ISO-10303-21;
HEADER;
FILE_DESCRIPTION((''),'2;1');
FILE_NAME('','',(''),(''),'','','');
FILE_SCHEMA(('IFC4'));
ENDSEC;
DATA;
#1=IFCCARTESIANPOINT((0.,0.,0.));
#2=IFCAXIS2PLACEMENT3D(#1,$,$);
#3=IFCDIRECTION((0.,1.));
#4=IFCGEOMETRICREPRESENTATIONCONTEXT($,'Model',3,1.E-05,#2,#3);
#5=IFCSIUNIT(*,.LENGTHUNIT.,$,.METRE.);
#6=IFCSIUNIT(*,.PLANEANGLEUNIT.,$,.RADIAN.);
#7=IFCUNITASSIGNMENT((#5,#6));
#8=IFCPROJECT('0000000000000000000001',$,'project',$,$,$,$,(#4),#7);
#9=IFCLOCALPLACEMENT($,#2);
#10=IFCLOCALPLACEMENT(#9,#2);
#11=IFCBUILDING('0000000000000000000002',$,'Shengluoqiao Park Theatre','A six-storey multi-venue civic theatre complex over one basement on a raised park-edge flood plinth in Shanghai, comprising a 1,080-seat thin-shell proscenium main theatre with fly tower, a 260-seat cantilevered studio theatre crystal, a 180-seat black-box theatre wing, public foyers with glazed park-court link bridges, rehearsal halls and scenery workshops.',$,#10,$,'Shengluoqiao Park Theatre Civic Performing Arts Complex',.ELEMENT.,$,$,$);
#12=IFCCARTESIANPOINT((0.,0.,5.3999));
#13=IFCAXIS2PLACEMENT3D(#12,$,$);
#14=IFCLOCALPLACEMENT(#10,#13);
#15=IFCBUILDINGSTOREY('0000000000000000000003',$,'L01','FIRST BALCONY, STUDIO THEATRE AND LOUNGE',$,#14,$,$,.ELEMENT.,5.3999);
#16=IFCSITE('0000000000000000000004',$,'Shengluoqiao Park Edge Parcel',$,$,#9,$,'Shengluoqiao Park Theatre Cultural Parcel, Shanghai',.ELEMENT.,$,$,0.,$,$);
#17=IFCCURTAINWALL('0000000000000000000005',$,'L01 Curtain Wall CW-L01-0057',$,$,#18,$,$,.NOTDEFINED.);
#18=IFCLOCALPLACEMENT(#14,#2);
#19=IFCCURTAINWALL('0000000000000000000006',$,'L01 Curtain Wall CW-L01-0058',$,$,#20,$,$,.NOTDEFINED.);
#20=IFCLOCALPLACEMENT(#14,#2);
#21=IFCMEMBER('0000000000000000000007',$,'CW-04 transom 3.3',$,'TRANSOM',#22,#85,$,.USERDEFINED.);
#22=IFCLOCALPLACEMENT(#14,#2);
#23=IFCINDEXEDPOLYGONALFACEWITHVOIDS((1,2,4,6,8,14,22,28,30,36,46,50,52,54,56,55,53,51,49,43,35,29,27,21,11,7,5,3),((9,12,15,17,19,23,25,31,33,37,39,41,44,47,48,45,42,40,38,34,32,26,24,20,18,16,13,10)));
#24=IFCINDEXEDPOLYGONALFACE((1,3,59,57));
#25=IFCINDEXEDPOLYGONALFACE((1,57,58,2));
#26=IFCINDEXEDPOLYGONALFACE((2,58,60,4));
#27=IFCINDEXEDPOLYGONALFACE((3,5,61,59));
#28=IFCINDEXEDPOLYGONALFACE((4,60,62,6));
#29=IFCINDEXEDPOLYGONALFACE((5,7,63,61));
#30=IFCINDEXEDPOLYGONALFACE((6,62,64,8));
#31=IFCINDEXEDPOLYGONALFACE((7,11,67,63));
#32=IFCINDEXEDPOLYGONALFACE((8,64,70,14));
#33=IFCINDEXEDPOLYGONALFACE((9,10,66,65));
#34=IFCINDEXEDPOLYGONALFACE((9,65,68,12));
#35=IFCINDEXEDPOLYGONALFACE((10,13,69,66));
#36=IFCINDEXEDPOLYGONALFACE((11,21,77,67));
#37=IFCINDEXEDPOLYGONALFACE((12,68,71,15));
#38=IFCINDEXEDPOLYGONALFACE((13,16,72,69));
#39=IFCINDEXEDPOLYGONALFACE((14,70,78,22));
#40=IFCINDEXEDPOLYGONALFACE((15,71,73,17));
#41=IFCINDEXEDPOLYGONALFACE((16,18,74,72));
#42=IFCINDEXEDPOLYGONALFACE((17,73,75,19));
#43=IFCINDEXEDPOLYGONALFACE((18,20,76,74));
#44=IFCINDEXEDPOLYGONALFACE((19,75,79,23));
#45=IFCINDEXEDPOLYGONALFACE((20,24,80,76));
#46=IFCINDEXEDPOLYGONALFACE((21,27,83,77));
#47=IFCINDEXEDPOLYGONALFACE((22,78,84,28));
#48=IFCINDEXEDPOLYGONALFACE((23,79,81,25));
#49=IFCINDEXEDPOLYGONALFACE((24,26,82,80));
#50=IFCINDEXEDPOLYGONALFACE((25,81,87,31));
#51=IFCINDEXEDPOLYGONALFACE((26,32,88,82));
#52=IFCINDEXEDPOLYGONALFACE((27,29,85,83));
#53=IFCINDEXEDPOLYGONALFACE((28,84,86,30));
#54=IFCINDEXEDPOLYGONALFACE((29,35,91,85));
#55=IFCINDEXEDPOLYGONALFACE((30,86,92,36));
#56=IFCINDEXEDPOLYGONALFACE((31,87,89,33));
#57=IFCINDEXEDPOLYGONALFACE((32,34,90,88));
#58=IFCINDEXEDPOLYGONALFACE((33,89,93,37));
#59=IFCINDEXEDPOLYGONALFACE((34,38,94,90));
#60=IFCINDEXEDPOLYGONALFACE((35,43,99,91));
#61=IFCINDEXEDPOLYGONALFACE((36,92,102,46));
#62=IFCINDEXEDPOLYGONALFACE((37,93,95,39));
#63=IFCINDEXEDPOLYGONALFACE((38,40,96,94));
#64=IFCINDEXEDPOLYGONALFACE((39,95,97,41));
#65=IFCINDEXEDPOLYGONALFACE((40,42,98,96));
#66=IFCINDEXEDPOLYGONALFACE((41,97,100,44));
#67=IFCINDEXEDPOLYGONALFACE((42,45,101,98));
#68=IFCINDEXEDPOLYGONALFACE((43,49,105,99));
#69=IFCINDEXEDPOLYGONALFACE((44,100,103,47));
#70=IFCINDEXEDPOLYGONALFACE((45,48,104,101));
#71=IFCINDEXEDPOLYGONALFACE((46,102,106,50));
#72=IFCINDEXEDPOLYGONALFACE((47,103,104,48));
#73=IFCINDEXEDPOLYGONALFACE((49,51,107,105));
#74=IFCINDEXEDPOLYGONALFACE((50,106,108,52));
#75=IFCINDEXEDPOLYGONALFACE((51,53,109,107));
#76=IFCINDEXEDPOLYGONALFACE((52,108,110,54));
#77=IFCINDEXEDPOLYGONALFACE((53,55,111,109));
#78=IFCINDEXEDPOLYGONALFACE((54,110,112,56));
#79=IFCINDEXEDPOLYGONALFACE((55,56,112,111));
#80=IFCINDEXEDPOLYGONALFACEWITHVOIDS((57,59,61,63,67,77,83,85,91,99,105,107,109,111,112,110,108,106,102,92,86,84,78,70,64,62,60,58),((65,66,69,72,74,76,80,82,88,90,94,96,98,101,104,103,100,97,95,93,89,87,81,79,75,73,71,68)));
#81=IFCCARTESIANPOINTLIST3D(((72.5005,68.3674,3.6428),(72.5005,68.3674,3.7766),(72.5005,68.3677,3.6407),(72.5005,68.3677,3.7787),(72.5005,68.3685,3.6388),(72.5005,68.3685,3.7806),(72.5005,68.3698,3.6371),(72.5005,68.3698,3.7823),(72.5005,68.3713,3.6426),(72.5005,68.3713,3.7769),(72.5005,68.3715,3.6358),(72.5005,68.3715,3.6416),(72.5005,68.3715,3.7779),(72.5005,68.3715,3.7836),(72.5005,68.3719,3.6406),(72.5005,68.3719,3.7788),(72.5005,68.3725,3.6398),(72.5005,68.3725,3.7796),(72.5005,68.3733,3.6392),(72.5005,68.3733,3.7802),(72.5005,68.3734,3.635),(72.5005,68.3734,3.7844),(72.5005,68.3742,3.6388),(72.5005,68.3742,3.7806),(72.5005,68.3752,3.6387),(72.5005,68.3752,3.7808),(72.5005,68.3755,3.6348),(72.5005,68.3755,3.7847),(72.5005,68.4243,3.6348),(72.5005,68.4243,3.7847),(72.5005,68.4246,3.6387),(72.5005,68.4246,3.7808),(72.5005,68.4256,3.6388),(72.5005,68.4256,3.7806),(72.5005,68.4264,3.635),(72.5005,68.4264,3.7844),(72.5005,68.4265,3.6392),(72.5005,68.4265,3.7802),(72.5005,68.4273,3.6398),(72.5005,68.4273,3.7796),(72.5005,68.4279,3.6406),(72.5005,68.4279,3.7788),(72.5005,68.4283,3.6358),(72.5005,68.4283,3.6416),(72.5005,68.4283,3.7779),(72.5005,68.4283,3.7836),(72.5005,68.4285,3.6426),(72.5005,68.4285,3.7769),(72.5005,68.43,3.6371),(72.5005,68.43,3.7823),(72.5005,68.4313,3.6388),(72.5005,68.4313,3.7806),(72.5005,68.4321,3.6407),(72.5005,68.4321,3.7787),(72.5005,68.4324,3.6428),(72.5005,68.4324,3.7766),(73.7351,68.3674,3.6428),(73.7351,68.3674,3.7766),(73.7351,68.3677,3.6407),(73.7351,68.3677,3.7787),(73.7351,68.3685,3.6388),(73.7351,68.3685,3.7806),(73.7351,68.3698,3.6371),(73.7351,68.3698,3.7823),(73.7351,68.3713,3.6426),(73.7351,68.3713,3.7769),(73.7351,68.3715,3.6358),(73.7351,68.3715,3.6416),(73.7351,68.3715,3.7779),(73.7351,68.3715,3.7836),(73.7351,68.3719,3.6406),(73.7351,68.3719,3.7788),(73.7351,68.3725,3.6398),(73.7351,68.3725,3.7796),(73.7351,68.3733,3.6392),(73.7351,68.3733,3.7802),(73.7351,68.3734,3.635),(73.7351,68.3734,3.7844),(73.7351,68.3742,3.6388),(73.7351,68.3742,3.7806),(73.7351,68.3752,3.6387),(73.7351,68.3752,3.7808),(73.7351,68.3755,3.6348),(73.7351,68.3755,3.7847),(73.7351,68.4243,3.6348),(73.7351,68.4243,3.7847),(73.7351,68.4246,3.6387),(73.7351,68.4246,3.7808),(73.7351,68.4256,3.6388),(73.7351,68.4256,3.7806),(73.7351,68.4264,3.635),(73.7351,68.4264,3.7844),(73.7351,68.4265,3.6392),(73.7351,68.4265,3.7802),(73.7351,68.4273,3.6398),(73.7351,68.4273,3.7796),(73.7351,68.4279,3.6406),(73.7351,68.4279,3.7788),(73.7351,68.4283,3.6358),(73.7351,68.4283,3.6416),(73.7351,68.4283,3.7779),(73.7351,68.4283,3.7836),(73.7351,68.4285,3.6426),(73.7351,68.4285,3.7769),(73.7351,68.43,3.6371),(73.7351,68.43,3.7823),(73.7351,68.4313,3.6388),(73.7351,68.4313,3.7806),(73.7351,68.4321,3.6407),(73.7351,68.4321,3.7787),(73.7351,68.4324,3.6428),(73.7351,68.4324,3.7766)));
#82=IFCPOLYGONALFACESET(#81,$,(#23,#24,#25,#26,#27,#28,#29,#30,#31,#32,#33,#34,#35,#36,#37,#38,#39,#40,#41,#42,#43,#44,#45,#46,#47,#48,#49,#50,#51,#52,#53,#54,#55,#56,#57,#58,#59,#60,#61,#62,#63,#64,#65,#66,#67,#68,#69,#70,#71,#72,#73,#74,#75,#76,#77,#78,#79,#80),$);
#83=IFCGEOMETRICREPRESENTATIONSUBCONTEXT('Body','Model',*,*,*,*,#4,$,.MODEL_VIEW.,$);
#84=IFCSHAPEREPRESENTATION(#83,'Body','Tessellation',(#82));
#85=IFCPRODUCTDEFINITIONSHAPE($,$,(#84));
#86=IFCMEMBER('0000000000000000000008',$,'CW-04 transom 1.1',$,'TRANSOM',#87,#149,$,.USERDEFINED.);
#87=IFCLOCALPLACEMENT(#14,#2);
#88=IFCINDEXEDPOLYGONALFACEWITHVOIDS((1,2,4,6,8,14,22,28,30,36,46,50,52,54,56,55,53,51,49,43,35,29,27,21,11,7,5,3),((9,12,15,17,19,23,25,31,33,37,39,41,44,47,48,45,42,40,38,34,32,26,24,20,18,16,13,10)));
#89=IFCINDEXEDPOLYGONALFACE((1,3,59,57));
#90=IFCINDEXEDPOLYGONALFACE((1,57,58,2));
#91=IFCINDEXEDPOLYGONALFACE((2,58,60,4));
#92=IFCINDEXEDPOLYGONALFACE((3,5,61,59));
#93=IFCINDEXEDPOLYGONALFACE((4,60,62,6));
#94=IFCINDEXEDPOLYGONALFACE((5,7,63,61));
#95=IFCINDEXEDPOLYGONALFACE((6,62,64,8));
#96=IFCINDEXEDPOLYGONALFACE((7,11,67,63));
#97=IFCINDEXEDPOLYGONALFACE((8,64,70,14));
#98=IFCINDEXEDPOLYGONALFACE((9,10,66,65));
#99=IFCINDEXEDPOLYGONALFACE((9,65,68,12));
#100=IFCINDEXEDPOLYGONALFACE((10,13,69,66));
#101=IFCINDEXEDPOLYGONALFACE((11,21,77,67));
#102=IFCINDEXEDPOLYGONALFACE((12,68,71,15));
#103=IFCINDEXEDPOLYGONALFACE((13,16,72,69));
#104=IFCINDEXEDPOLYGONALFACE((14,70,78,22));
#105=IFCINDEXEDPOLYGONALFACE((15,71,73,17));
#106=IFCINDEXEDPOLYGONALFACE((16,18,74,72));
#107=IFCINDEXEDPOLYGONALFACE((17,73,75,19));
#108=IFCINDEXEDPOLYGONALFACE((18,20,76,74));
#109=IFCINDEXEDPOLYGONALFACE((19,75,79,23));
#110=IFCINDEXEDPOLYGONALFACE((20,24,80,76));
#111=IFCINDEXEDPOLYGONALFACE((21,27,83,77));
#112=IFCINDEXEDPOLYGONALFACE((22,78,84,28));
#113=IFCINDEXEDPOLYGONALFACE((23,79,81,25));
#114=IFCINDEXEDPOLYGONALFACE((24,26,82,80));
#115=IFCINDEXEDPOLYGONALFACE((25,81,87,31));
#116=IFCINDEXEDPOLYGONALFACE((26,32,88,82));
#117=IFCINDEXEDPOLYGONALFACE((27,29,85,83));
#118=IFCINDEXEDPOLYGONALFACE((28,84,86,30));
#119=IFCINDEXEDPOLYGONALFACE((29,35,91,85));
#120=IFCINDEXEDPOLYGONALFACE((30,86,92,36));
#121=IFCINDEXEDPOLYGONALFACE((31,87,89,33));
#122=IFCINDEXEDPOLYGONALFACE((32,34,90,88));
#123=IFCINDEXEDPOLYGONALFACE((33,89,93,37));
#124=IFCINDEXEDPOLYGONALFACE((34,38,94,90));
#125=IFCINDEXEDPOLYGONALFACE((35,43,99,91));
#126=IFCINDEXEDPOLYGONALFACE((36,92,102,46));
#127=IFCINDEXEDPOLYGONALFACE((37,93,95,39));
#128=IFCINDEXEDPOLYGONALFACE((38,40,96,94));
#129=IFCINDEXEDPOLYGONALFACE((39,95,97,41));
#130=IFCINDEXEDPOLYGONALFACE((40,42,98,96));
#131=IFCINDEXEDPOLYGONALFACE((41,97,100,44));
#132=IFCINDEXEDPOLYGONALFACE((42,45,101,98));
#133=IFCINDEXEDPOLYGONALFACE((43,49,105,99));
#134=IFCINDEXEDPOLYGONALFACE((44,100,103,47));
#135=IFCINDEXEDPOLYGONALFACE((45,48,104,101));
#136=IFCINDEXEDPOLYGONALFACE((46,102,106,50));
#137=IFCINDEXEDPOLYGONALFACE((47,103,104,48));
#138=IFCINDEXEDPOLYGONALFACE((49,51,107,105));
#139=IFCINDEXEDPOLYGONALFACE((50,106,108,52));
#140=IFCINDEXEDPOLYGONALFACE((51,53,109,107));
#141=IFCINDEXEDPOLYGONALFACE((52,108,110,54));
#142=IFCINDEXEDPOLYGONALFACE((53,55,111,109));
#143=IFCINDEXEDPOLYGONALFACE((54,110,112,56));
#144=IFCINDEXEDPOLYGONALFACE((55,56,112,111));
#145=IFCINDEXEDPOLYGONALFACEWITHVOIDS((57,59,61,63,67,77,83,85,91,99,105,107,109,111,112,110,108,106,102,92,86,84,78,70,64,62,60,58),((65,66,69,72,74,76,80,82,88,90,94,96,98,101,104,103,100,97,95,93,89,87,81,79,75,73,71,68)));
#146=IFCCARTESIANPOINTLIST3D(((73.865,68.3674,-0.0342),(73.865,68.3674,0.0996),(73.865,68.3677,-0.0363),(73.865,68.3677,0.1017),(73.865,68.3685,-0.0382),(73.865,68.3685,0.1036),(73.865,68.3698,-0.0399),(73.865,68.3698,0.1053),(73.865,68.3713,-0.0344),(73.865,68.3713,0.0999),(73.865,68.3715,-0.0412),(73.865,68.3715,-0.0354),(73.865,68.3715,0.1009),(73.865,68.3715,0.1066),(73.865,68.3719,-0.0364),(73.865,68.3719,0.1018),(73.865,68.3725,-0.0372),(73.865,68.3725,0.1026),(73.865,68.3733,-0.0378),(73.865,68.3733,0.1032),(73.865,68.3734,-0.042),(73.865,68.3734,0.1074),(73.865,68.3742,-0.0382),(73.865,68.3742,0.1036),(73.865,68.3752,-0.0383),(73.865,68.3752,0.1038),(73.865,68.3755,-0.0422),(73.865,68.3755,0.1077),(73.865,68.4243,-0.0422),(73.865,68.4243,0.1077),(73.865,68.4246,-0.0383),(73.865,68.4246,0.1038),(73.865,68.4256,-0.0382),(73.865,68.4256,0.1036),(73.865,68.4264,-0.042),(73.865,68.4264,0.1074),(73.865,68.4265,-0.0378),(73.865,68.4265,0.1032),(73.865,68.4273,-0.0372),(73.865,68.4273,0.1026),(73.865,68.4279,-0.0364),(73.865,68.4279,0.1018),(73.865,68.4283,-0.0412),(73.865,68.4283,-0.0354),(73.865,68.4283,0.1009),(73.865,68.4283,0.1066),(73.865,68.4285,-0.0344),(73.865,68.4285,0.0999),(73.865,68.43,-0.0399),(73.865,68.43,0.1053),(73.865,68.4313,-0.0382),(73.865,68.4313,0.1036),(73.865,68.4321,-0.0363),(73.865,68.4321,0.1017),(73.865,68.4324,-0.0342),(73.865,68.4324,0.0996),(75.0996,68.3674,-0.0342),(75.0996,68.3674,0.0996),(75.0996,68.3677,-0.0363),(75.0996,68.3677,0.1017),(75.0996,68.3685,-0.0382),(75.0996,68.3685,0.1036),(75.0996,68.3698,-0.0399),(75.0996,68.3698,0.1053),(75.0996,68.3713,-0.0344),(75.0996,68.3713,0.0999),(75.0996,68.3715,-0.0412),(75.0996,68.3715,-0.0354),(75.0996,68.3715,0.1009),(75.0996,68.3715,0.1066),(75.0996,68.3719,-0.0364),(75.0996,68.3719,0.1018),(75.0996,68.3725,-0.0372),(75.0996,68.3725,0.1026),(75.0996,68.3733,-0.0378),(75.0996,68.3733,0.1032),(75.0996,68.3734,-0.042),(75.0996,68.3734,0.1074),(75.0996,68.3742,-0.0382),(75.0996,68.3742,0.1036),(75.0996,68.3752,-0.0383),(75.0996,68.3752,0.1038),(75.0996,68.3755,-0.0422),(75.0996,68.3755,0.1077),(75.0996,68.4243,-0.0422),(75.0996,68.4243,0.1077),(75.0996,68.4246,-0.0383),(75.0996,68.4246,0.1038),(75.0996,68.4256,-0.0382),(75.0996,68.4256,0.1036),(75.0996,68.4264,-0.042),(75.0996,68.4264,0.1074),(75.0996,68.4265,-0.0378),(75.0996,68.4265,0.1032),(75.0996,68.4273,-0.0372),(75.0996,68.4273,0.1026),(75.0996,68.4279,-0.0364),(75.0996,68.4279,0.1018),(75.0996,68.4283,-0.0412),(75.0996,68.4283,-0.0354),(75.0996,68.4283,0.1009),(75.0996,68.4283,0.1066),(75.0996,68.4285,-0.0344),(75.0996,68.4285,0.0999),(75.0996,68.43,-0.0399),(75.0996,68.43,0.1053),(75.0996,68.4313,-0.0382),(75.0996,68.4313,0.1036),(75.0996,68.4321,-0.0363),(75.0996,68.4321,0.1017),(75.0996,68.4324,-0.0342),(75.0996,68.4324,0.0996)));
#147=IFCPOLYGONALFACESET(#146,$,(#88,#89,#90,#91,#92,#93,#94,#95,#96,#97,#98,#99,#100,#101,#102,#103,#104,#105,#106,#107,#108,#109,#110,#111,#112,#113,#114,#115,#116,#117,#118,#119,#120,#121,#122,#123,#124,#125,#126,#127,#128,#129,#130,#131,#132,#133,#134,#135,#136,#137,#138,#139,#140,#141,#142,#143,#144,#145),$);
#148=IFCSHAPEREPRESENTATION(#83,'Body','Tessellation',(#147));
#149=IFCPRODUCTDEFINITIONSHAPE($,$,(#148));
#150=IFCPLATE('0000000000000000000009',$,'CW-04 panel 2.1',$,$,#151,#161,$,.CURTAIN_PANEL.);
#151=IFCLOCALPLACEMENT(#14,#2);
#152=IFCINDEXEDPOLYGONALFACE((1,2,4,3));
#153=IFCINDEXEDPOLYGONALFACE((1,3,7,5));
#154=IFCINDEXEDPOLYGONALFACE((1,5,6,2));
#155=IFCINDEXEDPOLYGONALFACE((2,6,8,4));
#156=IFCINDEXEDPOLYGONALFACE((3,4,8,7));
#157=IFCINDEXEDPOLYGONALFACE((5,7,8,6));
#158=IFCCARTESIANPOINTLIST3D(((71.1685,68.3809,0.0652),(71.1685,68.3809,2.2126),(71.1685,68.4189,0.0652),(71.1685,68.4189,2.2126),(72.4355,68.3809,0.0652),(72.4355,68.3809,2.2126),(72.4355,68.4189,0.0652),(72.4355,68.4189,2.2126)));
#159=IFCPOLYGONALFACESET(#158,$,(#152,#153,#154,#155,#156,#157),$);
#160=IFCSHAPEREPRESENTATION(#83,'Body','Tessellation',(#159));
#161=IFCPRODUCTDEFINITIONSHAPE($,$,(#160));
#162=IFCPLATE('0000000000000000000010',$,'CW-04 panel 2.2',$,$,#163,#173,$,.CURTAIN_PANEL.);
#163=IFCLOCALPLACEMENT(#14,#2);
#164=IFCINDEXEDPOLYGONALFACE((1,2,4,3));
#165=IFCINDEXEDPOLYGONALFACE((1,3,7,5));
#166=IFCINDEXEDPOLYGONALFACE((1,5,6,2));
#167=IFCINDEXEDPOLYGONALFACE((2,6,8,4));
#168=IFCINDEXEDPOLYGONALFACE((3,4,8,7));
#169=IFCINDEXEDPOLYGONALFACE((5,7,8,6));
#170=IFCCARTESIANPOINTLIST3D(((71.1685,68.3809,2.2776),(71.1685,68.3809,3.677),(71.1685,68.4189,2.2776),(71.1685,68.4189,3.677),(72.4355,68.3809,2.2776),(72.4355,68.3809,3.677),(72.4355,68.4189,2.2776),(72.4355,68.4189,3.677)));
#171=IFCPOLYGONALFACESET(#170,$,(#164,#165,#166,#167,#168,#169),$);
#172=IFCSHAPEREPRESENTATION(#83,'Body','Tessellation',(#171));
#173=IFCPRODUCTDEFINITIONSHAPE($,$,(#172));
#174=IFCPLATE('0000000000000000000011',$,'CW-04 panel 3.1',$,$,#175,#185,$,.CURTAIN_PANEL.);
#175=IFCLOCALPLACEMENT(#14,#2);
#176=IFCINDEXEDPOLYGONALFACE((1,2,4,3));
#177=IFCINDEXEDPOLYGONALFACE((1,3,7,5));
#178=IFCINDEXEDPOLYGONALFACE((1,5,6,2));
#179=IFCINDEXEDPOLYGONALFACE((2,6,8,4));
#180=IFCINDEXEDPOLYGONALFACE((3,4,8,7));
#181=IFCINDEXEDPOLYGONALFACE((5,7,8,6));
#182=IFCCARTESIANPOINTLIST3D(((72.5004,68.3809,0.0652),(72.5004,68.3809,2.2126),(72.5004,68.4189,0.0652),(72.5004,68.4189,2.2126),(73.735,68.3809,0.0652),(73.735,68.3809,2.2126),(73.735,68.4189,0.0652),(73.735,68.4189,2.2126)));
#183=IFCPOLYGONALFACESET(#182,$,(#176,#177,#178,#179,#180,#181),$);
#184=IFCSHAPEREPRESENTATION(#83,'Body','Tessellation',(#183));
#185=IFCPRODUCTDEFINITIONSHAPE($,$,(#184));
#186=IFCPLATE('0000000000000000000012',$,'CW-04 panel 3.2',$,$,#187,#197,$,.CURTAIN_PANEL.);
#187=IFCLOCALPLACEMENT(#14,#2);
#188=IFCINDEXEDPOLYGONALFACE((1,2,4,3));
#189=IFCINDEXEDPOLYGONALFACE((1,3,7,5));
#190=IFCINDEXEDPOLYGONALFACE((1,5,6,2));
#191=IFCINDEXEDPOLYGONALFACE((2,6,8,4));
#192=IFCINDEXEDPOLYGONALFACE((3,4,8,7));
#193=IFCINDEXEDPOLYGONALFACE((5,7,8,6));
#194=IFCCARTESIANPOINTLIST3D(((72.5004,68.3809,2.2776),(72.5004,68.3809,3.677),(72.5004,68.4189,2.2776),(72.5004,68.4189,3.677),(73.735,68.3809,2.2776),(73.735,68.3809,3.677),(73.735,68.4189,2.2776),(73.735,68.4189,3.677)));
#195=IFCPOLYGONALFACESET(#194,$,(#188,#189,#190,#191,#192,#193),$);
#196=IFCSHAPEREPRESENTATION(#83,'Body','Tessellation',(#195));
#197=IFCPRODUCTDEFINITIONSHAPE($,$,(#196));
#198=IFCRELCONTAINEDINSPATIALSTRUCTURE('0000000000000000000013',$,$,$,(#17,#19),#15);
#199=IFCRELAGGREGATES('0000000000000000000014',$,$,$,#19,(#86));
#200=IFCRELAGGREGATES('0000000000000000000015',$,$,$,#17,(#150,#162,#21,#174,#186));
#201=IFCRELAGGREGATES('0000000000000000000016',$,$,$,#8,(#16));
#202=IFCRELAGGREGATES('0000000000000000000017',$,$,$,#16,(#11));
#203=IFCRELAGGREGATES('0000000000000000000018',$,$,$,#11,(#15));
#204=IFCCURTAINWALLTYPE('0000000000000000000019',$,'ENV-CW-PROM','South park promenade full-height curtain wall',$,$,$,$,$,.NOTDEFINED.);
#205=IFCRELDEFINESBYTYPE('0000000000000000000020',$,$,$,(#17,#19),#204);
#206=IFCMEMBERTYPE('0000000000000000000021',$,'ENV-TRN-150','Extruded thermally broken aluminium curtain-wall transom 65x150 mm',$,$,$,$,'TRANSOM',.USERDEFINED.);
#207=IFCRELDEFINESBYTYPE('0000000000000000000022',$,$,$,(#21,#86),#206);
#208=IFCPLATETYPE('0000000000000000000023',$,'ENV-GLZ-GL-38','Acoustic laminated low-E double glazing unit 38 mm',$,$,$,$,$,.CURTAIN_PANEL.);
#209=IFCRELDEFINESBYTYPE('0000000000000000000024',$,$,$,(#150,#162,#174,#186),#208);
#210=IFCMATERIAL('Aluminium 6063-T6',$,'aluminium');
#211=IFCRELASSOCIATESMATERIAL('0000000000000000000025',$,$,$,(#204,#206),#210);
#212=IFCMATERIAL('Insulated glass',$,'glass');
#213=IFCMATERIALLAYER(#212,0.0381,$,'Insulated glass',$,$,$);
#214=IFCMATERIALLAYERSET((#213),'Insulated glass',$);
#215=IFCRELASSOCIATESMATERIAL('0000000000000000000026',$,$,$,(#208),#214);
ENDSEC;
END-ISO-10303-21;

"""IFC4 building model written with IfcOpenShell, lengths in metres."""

from ifc_helpers import new_model, si_unit, direction, frame, origin, origin_2d, place, context, subcontext, project, spatial, rectangle, hollow_rectangle, extrude, material, layer, layer_set, material_profile, profile_set, type_object, element, aggregate, save


model = new_model("IFC4")

# Units and contexts
model_context = context("Model", 3, precision=1e-05, world=origin(), true_north=direction((0.0, 1.0)))
body_context = subcontext(model_context, "Body", "Model", "MODEL_VIEW")
ifc_project = project(units=[si_unit("LENGTHUNIT", "METRE"), si_unit("PLANEANGLEUNIT", "RADIAN")], contexts=[model_context])

# Site, building, storey
site_placement = place(None, origin())
site = spatial("IfcSite", under=ifc_project, at=site_placement, Name="Shengluoqiao Park Edge Parcel", LongName="Shengluoqiao Park Theatre Cultural Parcel, Shanghai", CompositionType="ELEMENT", RefElevation=0.0)
building_placement = place(site_placement, origin())
building = spatial("IfcBuilding", under=site, at=building_placement, Name="Shengluoqiao Park Theatre", Description="A six-storey multi-venue civic theatre complex over one basement on a raised park-edge flood plinth in Shanghai, comprising a 1,080-seat thin-shell proscenium main theatre with fly tower, a 260-seat cantilevered studio theatre crystal, a 180-seat black-box theatre wing, public foyers with glazed park-court link bridges, rehearsal halls and scenery workshops.", LongName="Shengluoqiao Park Theatre Civic Performing Arts Complex", CompositionType="ELEMENT")
storey_placement = place(building_placement, frame((0.0, 0.0, 5.3999)))
storey = spatial("IfcBuildingStorey", under=building, at=storey_placement, Name="L01", Description="FIRST BALCONY, STUDIO THEATRE AND LOUNGE", CompositionType="ELEMENT", Elevation=5.3999)

# Curtain wall
ifc_material_1 = material(Name="Aluminium 6063-T6", Category="aluminium")
curtain_wall_type_1 = type_object("IfcCurtainWallType", Name="ENV-CW-PROM", Description="South park promenade full-height curtain wall", PredefinedType="NOTDEFINED", material=ifc_material_1)
curtain_wall_1_placement = place(storey_placement, origin())
curtain_wall_1 = element("IfcCurtainWall", 1, at=curtain_wall_1_placement, inside=storey, type_object=curtain_wall_type_1, Name="L01 Curtain Wall CW-L01-0057", PredefinedType="NOTDEFINED")

# Curtain wall
curtain_wall_2_placement = place(storey_placement, origin())
curtain_wall_2 = element("IfcCurtainWall", 2, at=curtain_wall_2_placement, inside=storey, type_object=curtain_wall_type_1, Name="L01 Curtain Wall CW-L01-0058", PredefinedType="NOTDEFINED")

# Members
ifc_material_profile_1 = material_profile(ifc_material_1, hollow_rectangle(XDim=0.0649, YDim=0.1499, WallThickness=0.0039, InnerFilletRadius=0.0039, OuterFilletRadius=0.0081, at=origin_2d()), Name="ALU TRANSOM 150x65x4")
ifc_profile_set_1 = profile_set([ifc_material_profile_1], Name="Aluminium 6063-T6")
member_type_1 = type_object("IfcMemberType", Name="ENV-TRN-150", Description="Extruded thermally broken aluminium curtain-wall transom 65x150 mm", ElementType="TRANSOM", PredefinedType="USERDEFINED", material=ifc_profile_set_1)
member_1_placement = place(storey_placement, frame((72.5005, 68.3999, 3.7097), z_axis=(1.0, 0.0, 0.0), x_axis=(0.0, 1.0, 0.0)))
member_1 = element("IfcMember", 3, at=member_1_placement, type_object=member_type_1, Name="CW-04 transom 3.3", ObjectType="TRANSOM", PredefinedType="USERDEFINED", context=body_context, shape_type="SweptSolid", body=[
    extrude(hollow_rectangle(XDim=0.0649, YDim=0.1499, WallThickness=0.0039, InnerFilletRadius=0.0039, OuterFilletRadius=0.0081, at=origin_2d()), origin(), (0.0, 0.0, 1.0), 1.2346),
])
member_2_placement = place(storey_placement, frame((73.865, 68.3999, 0.0327), z_axis=(1.0, 0.0, 0.0), x_axis=(0.0, 1.0, 0.0)))
member_2 = element("IfcMember", 4, at=member_2_placement, type_object=member_type_1, Name="CW-04 transom 1.1", ObjectType="TRANSOM", PredefinedType="USERDEFINED", context=body_context, shape_type="SweptSolid", body=[
    extrude(hollow_rectangle(XDim=0.0649, YDim=0.1499, WallThickness=0.0039, InnerFilletRadius=0.0039, OuterFilletRadius=0.0081, at=origin_2d()), origin(), (0.0, 0.0, 1.0), 1.2346),
])
aggregate(curtain_wall_2, [member_2])

# Plates
ifc_material_2 = material(Name="Insulated glass", Category="glass")
ifc_layer = layer(ifc_material_2, 0.0381, Name="Insulated glass")
ifc_layer_set = layer_set([ifc_layer], Name="Insulated glass")
plate_type = type_object("IfcPlateType", Name="ENV-GLZ-GL-38", Description="Acoustic laminated low-E double glazing unit 38 mm", PredefinedType="CURTAIN_PANEL", material=ifc_layer_set)
plate_1_placement = place(storey_placement, frame((71.802, 68.3999, 0.0652), z_axis=(0.0, 0.0, 1.0), x_axis=(1.0, 0.0, 0.0)))
plate_1 = element("IfcPlate", 5, at=plate_1_placement, type_object=plate_type, Name="CW-04 panel 2.1", PredefinedType="CURTAIN_PANEL", context=body_context, shape_type="SweptSolid", body=[
    extrude(rectangle(XDim=1.2671, YDim=0.0381, at=origin_2d()), origin(), (0.0, 0.0, 1.0), 2.1475),
])
plate_2_placement = place(storey_placement, frame((71.802, 68.3999, 2.2776), z_axis=(0.0, 0.0, 1.0), x_axis=(1.0, 0.0, 0.0)))
plate_2 = element("IfcPlate", 6, at=plate_2_placement, type_object=plate_type, Name="CW-04 panel 2.2", PredefinedType="CURTAIN_PANEL", context=body_context, shape_type="SweptSolid", body=[
    extrude(rectangle(XDim=1.2671, YDim=0.0381, at=origin_2d()), origin(), (0.0, 0.0, 1.0), 1.3994),
])
plate_3_placement = place(storey_placement, frame((73.1177, 68.3999, 0.0652), z_axis=(0.0, 0.0, 1.0), x_axis=(1.0, 0.0, 0.0)))
plate_3 = element("IfcPlate", 7, at=plate_3_placement, type_object=plate_type, Name="CW-04 panel 3.1", PredefinedType="CURTAIN_PANEL", context=body_context, shape_type="SweptSolid", body=[
    extrude(rectangle(XDim=1.2346, YDim=0.0381, at=origin_2d()), origin(), (0.0, 0.0, 1.0), 2.1475),
])
plate_4_placement = place(storey_placement, frame((73.1177, 68.3999, 2.2776), z_axis=(0.0, 0.0, 1.0), x_axis=(1.0, 0.0, 0.0)))
plate_4 = element("IfcPlate", 8, at=plate_4_placement, type_object=plate_type, Name="CW-04 panel 3.2", PredefinedType="CURTAIN_PANEL", context=body_context, shape_type="SweptSolid", body=[
    extrude(rectangle(XDim=1.2346, YDim=0.0381, at=origin_2d()), origin(), (0.0, 0.0, 1.0), 1.3994),
])
aggregate(curtain_wall_1, [plate_1, plate_2, member_1, plate_3, plate_4])

save(model, "model.ifc")
